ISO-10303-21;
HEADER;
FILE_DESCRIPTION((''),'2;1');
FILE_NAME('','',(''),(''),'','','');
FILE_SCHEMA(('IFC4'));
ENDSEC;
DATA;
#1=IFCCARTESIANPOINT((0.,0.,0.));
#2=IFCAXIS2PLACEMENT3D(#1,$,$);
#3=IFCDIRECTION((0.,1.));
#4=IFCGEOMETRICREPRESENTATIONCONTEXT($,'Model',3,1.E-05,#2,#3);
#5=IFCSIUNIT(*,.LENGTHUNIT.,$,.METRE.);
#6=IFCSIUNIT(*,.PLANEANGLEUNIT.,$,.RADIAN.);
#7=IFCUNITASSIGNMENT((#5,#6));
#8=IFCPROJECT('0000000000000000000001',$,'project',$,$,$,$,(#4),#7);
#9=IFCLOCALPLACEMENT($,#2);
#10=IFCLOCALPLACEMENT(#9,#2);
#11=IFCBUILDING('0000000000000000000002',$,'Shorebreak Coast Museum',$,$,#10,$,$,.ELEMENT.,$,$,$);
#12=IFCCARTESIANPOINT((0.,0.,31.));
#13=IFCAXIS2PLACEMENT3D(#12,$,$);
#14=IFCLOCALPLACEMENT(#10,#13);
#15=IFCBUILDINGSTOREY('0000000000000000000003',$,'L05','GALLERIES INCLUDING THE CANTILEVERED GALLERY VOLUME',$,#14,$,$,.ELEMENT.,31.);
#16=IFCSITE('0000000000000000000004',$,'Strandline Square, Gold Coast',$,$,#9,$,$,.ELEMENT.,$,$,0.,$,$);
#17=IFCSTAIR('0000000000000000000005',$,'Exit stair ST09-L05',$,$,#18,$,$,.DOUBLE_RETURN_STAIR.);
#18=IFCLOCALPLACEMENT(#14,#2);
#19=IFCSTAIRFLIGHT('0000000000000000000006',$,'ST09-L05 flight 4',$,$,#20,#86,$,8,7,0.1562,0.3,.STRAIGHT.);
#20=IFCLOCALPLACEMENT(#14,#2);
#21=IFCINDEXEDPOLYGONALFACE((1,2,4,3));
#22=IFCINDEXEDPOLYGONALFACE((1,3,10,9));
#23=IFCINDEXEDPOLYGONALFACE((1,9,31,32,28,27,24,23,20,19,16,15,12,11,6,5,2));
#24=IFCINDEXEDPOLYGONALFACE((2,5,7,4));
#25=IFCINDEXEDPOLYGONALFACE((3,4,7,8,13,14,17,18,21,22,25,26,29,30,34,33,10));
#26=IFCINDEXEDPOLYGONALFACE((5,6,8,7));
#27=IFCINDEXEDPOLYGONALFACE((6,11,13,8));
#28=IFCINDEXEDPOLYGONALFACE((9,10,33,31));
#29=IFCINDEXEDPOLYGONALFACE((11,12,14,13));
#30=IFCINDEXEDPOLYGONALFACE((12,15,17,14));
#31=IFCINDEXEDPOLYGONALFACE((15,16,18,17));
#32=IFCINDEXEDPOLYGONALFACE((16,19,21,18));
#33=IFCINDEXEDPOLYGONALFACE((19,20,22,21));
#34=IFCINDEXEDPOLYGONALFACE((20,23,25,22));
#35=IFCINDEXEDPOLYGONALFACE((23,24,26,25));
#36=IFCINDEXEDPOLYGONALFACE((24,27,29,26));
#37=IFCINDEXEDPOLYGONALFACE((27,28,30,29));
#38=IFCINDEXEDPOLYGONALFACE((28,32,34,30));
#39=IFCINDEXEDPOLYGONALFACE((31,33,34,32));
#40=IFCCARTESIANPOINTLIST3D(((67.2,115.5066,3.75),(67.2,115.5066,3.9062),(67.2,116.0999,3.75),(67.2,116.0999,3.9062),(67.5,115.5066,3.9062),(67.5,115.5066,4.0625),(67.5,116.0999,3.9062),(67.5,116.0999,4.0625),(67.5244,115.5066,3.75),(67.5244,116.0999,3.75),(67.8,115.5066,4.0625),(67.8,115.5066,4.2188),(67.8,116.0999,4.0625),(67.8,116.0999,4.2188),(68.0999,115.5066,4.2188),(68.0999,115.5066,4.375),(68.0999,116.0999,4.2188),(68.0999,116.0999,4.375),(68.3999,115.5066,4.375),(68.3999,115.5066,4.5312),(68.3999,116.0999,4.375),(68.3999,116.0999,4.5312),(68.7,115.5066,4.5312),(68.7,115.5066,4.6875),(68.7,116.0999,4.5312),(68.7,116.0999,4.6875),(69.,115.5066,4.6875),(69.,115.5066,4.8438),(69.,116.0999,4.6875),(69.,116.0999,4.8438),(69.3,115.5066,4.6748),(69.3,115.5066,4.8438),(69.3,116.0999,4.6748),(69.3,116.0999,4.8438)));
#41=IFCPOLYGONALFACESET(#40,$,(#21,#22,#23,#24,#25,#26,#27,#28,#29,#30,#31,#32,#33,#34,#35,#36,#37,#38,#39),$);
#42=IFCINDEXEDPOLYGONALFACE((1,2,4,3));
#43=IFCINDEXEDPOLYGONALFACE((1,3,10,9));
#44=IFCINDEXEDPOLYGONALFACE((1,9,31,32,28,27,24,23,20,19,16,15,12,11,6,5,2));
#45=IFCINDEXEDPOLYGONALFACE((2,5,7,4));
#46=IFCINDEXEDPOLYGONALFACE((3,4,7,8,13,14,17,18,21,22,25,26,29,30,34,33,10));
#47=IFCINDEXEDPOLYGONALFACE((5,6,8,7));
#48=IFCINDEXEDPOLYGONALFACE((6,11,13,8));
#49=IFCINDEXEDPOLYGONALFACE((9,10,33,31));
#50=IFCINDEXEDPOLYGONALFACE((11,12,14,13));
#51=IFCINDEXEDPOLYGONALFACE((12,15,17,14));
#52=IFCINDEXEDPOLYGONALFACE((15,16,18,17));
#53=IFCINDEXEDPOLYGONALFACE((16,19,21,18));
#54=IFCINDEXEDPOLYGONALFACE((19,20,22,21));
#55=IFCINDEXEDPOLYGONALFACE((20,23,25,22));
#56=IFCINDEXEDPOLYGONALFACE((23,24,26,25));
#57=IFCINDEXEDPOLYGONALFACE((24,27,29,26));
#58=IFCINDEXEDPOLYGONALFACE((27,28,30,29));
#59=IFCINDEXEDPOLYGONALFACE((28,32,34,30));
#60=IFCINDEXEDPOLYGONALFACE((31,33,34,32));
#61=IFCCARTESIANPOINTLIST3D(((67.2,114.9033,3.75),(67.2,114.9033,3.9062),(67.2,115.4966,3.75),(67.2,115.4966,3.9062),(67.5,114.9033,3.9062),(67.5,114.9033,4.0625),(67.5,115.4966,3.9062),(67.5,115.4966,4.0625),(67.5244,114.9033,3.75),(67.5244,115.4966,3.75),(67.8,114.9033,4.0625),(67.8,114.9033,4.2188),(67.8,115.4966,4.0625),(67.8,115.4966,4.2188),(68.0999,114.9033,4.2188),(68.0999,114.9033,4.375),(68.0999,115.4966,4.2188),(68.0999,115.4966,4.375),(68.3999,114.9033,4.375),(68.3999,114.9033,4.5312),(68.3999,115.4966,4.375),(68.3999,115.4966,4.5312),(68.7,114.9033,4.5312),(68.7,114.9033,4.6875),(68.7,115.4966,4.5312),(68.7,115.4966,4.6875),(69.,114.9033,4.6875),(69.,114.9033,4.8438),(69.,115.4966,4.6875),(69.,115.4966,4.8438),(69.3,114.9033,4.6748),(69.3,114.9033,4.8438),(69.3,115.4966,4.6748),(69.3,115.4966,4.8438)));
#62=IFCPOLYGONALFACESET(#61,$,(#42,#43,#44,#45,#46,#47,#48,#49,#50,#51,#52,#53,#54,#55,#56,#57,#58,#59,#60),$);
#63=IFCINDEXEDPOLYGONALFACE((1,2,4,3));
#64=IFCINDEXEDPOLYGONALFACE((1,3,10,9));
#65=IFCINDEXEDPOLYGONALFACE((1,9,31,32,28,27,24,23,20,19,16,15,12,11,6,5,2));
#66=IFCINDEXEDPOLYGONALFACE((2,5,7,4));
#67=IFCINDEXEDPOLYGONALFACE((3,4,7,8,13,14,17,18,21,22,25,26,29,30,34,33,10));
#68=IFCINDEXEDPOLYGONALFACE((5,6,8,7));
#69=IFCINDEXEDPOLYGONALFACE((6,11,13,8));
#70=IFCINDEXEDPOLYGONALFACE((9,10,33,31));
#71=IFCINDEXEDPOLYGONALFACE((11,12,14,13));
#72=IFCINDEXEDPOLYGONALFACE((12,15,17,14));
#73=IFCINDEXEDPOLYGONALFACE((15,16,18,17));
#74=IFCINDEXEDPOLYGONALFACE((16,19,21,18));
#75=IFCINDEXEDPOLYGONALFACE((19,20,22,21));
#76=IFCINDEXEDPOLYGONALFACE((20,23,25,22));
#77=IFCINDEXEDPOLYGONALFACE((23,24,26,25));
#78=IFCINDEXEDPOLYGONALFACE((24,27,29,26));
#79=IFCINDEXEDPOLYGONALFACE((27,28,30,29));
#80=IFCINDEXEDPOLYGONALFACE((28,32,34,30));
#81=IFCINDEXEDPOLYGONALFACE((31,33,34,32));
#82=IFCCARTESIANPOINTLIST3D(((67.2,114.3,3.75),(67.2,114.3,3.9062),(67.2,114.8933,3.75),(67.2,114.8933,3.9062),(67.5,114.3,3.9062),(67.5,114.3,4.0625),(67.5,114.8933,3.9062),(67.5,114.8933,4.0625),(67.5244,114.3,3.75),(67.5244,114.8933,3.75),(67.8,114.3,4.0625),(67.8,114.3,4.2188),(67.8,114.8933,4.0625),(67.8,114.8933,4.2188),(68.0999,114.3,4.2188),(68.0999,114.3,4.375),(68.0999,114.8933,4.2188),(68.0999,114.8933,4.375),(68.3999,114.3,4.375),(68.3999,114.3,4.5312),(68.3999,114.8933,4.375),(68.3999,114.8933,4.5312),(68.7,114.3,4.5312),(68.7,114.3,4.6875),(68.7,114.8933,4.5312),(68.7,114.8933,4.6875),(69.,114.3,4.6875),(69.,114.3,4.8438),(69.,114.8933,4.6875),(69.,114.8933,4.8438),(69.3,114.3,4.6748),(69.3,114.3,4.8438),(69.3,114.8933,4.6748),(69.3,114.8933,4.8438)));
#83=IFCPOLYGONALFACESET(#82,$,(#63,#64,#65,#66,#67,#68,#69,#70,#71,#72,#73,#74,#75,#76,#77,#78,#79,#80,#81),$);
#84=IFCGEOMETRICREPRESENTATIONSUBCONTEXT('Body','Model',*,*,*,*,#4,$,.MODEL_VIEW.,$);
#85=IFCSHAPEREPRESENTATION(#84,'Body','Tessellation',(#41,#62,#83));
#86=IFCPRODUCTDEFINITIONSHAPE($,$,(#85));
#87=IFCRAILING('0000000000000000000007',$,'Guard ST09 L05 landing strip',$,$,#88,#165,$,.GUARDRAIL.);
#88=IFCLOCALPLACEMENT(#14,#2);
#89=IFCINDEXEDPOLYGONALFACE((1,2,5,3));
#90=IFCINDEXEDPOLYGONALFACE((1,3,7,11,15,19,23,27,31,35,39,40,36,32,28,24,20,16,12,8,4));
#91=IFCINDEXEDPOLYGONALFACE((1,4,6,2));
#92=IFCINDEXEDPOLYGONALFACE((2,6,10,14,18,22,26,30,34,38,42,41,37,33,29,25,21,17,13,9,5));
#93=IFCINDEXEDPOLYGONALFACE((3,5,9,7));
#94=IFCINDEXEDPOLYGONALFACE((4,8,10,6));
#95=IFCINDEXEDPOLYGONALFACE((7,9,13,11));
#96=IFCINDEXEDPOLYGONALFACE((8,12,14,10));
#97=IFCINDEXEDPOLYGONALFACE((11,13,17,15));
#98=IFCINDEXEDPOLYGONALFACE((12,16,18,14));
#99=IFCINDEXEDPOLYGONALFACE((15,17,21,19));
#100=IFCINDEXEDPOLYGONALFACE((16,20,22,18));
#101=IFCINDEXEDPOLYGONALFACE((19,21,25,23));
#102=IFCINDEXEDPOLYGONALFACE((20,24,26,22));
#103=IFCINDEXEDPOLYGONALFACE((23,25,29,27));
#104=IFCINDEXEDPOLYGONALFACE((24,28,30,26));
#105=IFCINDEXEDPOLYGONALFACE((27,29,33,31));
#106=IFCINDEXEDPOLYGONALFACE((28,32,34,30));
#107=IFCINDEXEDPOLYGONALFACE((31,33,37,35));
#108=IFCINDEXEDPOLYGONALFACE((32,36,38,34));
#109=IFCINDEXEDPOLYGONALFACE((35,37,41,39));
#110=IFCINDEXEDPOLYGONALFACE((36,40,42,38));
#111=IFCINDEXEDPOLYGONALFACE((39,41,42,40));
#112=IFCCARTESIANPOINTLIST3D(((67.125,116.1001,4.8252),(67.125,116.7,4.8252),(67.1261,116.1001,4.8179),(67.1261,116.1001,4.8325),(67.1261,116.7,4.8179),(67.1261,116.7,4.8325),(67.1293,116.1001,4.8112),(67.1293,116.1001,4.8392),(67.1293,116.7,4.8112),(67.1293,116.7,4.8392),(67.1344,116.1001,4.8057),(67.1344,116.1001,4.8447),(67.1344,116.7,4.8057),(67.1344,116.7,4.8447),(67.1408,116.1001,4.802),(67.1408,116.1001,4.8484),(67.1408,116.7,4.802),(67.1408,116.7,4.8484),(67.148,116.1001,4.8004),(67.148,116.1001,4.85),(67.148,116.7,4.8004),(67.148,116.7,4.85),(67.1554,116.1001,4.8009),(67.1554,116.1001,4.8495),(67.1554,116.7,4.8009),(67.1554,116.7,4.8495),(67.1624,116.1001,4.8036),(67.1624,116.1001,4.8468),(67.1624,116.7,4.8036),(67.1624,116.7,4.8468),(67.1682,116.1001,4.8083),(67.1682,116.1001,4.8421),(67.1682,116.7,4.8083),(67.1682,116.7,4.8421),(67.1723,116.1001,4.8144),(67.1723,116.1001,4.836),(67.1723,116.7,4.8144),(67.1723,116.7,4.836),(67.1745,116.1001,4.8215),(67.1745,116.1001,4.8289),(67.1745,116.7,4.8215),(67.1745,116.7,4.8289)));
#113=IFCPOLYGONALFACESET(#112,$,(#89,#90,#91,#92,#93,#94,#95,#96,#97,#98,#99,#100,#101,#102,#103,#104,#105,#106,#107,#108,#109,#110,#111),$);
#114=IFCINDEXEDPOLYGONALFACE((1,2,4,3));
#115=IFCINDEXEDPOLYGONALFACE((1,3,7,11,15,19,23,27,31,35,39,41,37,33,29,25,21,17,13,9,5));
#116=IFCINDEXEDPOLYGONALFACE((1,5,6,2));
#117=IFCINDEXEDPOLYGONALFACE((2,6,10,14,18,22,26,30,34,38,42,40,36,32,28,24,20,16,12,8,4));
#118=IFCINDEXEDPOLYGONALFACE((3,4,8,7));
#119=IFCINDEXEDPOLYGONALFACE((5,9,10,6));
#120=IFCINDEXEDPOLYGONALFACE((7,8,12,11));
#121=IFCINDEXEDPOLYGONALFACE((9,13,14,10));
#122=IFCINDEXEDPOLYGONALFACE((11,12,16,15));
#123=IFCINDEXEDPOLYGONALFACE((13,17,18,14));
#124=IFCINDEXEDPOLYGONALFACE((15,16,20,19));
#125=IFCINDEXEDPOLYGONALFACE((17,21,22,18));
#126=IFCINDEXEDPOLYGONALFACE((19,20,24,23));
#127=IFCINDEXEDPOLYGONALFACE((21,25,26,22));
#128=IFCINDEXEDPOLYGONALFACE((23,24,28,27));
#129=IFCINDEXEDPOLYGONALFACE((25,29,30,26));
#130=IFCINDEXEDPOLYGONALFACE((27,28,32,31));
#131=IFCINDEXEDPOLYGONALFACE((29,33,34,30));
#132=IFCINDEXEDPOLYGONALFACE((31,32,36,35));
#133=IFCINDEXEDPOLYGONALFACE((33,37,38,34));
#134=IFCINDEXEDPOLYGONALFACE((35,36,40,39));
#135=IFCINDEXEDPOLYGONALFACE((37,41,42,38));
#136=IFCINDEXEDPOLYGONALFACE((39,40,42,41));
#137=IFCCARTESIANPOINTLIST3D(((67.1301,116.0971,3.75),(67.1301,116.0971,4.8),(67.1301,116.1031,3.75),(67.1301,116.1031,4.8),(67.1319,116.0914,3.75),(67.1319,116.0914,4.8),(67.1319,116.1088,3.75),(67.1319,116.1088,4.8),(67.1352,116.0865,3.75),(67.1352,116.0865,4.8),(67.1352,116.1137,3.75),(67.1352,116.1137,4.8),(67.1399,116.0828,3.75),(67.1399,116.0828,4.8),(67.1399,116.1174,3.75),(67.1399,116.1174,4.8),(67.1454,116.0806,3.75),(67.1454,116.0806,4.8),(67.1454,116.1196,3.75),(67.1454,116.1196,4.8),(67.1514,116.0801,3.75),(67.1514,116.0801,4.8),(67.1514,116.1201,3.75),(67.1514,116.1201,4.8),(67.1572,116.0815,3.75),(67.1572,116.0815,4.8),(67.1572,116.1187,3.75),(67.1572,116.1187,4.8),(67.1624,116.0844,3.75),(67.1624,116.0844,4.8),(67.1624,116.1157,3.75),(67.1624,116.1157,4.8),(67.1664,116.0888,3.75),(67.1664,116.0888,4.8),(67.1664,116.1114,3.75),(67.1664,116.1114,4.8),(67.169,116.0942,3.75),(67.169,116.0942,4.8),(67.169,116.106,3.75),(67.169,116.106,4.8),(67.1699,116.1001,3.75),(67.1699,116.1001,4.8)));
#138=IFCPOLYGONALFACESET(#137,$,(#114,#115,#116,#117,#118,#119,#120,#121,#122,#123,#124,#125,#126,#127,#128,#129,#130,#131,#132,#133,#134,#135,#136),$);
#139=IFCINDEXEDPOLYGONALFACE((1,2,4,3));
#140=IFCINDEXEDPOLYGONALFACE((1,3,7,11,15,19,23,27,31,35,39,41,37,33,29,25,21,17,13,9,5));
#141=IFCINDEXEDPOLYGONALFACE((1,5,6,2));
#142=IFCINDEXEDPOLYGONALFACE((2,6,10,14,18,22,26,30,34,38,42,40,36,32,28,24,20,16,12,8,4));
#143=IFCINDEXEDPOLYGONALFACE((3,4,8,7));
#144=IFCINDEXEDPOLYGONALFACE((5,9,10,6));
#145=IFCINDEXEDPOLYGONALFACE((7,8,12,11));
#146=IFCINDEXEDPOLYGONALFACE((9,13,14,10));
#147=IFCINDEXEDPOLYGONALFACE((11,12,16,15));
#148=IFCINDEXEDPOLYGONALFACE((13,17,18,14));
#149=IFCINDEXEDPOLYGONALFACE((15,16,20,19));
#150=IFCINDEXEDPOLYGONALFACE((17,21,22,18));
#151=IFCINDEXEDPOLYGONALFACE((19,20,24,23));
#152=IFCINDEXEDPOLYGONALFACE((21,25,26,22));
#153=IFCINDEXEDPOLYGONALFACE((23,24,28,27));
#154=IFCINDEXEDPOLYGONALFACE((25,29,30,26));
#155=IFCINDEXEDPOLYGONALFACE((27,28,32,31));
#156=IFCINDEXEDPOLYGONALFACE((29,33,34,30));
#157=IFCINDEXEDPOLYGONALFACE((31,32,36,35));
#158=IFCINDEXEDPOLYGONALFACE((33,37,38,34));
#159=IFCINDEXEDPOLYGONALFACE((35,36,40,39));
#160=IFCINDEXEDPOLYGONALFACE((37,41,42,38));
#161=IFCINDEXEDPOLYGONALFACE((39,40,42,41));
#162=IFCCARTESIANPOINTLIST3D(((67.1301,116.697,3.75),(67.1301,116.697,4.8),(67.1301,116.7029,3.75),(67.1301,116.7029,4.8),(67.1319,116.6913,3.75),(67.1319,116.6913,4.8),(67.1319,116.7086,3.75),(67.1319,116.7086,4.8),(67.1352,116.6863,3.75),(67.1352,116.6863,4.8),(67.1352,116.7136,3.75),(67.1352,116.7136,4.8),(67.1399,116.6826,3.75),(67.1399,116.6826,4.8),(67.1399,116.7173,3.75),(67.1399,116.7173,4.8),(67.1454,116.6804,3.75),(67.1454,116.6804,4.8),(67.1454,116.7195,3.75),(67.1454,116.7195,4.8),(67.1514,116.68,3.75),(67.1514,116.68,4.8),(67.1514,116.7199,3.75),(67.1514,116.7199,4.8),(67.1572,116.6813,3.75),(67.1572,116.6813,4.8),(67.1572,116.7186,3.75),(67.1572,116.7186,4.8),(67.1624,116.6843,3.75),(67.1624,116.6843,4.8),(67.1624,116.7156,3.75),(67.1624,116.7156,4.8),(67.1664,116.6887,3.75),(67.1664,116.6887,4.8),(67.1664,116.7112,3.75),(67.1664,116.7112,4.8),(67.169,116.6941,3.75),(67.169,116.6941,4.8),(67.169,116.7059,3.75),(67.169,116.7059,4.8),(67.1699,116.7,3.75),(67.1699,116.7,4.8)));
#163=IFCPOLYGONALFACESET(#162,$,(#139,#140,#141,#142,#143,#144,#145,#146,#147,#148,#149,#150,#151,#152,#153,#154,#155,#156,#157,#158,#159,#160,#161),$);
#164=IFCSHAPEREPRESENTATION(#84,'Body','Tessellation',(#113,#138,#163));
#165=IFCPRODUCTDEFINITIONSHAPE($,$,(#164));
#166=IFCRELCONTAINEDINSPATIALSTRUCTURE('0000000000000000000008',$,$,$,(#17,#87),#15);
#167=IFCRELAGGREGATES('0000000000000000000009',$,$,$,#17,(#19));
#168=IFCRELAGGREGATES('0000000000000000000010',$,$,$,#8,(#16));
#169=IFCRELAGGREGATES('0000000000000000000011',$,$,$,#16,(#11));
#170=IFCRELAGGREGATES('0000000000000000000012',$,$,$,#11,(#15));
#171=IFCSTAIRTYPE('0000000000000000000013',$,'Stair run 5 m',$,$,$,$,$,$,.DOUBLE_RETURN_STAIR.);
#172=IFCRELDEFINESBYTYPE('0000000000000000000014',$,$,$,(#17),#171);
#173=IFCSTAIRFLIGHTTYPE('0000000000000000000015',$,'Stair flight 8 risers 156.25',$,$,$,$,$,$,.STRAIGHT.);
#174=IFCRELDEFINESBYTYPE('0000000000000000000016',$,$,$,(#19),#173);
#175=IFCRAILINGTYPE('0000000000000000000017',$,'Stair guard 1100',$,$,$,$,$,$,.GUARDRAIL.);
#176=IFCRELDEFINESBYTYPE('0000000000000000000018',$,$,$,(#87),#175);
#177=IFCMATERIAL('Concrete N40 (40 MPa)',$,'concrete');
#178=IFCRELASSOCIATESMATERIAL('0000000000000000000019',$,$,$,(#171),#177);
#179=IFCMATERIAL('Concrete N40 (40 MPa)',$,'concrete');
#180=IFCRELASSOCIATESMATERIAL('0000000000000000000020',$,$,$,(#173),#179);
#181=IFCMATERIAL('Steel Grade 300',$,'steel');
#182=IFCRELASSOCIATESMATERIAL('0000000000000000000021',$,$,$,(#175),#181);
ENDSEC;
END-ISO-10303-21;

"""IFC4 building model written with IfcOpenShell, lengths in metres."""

from ifc_helpers import new_model, si_unit, direction, frame, origin, origin_2d, place, context, subcontext, project, spatial, polyline, circle, outline, extrude, material, type_object, element, aggregate, save


model = new_model("IFC4")

# Units and contexts
model_context = context("Model", 3, precision=1e-05, world=origin(), true_north=direction((0.0, 1.0)))
body_context = subcontext(model_context, "Body", "Model", "MODEL_VIEW")
ifc_project = project(units=[si_unit("LENGTHUNIT", "METRE"), si_unit("PLANEANGLEUNIT", "RADIAN")], contexts=[model_context])

# Site, building, storey
site_placement = place(None, origin())
site = spatial("IfcSite", under=ifc_project, at=site_placement, Name="Strandline Square, Gold Coast", CompositionType="ELEMENT", RefElevation=0.0)
building_placement = place(site_placement, origin())
building = spatial("IfcBuilding", under=site, at=building_placement, Name="Shorebreak Coast Museum", CompositionType="ELEMENT")
storey_placement = place(building_placement, frame((0.0, 0.0, 31.0)))
storey = spatial("IfcBuildingStorey", under=building, at=storey_placement, Name="L05", Description="GALLERIES INCLUDING THE CANTILEVERED GALLERY VOLUME", CompositionType="ELEMENT", Elevation=31.0)

# Stair, stair flight
ifc_material_1 = material(Name="Concrete N40 (40 MPa)", Category="concrete")
stair_type = type_object("IfcStairType", Name="Stair run 5 m", PredefinedType="DOUBLE_RETURN_STAIR", material=ifc_material_1)
stair_placement = place(storey_placement, origin())
stair = element("IfcStair", 1, at=stair_placement, inside=storey, type_object=stair_type, Name="Exit stair ST09-L05", PredefinedType="DOUBLE_RETURN_STAIR")
ifc_material_2 = material(Name="Concrete N40 (40 MPa)", Category="concrete")
stair_flight_type = type_object("IfcStairFlightType", Name="Stair flight 8 risers 156.25", PredefinedType="STRAIGHT", material=ifc_material_2)
stair_flight_placement = place(storey_placement, frame((67.2, 115.2, 3.75), z_axis=(0.0, 0.0, 1.0), x_axis=(1.0, 0.0, 0.0)))
stair_flight = element("IfcStairFlight", 2, at=stair_flight_placement, type_object=stair_flight_type, Name="ST09-L05 flight 4", NumberOfRisers=8, NumberOfTreads=7, PredefinedType="STRAIGHT", RiserHeight=0.1562, TreadLength=0.3, context=body_context, shape_type="SweptSolid", body=[
    extrude(outline(polyline([(0.0, 0.0), (0.0, 0.1562), (0.3, 0.1562), (0.3, 0.3125), (0.6001, 0.3125), (0.6001, 0.4688), (0.8999, 0.4688), (0.8999, 0.625), (1.2, 0.625), (1.2, 0.7812), (1.5, 0.7812), (1.5, 0.9375), (1.8, 0.9375), (1.8, 1.0938), (2.1001, 1.0938), (2.1001, 1.25), (2.1001, 0.9248), (0.3245, 0.0), (0.0, 0.0)])), frame((0.0, 0.8999, 0.0), z_axis=(0.0, -1.0, 0.0), x_axis=(1.0, 0.0, 0.0)), (0.0, 0.0, 1.0), 0.5933),
    extrude(outline(polyline([(0.0, 0.0), (0.0, 0.1562), (0.3, 0.1562), (0.3, 0.3125), (0.6001, 0.3125), (0.6001, 0.4688), (0.8999, 0.4688), (0.8999, 0.625), (1.2, 0.625), (1.2, 0.7812), (1.5, 0.7812), (1.5, 0.9375), (1.8, 0.9375), (1.8, 1.0938), (2.1001, 1.0938), (2.1001, 1.25), (2.1001, 0.9248), (0.3245, 0.0), (0.0, 0.0)])), frame((0.0, 0.2966, 0.0), z_axis=(0.0, -1.0, 0.0), x_axis=(1.0, 0.0, 0.0)), (0.0, 0.0, 1.0), 0.5933),
    extrude(outline(polyline([(0.0, 0.0), (0.0, 0.1562), (0.3, 0.1562), (0.3, 0.3125), (0.6001, 0.3125), (0.6001, 0.4688), (0.8999, 0.4688), (0.8999, 0.625), (1.2, 0.625), (1.2, 0.7812), (1.5, 0.7812), (1.5, 0.9375), (1.8, 0.9375), (1.8, 1.0938), (2.1001, 1.0938), (2.1001, 1.25), (2.1001, 0.9248), (0.3245, 0.0), (0.0, 0.0)])), frame((0.0, -0.3066, 0.0), z_axis=(0.0, -1.0, 0.0), x_axis=(1.0, 0.0, 0.0)), (0.0, 0.0, 1.0), 0.5933),
])
aggregate(stair, [stair_flight])

# Railing
ifc_material_3 = material(Name="Steel Grade 300", Category="steel")
railing_type_1 = type_object("IfcRailingType", Name="Stair guard 1100", PredefinedType="GUARDRAIL", material=ifc_material_3)
railing_1_placement = place(storey_placement, frame((67.1499, 116.1001, 3.75)))
element("IfcRailing", 3, at=railing_1_placement, inside=storey, type_object=railing_type_1, Name="Guard ST09 L05 landing strip", PredefinedType="GUARDRAIL", context=body_context, shape_type="SweptSolid", body=[
    extrude(circle(Radius=0.0249, at=origin_2d()), frame((0.0, 0.0, 1.0752), z_axis=(0.0, 1.0, 0.0), x_axis=(-1.0, 0.0, 0.0)), (0.0, 0.0, 1.0), 0.5999),
    extrude(circle(Radius=0.02, at=origin_2d()), origin(), (0.0, 0.0, 1.0), 1.05),
    extrude(circle(Radius=0.02, at=origin_2d()), frame((0.0, 0.5999, 0.0)), (0.0, 0.0, 1.0), 1.05),
])

save(model, "model.ifc")
